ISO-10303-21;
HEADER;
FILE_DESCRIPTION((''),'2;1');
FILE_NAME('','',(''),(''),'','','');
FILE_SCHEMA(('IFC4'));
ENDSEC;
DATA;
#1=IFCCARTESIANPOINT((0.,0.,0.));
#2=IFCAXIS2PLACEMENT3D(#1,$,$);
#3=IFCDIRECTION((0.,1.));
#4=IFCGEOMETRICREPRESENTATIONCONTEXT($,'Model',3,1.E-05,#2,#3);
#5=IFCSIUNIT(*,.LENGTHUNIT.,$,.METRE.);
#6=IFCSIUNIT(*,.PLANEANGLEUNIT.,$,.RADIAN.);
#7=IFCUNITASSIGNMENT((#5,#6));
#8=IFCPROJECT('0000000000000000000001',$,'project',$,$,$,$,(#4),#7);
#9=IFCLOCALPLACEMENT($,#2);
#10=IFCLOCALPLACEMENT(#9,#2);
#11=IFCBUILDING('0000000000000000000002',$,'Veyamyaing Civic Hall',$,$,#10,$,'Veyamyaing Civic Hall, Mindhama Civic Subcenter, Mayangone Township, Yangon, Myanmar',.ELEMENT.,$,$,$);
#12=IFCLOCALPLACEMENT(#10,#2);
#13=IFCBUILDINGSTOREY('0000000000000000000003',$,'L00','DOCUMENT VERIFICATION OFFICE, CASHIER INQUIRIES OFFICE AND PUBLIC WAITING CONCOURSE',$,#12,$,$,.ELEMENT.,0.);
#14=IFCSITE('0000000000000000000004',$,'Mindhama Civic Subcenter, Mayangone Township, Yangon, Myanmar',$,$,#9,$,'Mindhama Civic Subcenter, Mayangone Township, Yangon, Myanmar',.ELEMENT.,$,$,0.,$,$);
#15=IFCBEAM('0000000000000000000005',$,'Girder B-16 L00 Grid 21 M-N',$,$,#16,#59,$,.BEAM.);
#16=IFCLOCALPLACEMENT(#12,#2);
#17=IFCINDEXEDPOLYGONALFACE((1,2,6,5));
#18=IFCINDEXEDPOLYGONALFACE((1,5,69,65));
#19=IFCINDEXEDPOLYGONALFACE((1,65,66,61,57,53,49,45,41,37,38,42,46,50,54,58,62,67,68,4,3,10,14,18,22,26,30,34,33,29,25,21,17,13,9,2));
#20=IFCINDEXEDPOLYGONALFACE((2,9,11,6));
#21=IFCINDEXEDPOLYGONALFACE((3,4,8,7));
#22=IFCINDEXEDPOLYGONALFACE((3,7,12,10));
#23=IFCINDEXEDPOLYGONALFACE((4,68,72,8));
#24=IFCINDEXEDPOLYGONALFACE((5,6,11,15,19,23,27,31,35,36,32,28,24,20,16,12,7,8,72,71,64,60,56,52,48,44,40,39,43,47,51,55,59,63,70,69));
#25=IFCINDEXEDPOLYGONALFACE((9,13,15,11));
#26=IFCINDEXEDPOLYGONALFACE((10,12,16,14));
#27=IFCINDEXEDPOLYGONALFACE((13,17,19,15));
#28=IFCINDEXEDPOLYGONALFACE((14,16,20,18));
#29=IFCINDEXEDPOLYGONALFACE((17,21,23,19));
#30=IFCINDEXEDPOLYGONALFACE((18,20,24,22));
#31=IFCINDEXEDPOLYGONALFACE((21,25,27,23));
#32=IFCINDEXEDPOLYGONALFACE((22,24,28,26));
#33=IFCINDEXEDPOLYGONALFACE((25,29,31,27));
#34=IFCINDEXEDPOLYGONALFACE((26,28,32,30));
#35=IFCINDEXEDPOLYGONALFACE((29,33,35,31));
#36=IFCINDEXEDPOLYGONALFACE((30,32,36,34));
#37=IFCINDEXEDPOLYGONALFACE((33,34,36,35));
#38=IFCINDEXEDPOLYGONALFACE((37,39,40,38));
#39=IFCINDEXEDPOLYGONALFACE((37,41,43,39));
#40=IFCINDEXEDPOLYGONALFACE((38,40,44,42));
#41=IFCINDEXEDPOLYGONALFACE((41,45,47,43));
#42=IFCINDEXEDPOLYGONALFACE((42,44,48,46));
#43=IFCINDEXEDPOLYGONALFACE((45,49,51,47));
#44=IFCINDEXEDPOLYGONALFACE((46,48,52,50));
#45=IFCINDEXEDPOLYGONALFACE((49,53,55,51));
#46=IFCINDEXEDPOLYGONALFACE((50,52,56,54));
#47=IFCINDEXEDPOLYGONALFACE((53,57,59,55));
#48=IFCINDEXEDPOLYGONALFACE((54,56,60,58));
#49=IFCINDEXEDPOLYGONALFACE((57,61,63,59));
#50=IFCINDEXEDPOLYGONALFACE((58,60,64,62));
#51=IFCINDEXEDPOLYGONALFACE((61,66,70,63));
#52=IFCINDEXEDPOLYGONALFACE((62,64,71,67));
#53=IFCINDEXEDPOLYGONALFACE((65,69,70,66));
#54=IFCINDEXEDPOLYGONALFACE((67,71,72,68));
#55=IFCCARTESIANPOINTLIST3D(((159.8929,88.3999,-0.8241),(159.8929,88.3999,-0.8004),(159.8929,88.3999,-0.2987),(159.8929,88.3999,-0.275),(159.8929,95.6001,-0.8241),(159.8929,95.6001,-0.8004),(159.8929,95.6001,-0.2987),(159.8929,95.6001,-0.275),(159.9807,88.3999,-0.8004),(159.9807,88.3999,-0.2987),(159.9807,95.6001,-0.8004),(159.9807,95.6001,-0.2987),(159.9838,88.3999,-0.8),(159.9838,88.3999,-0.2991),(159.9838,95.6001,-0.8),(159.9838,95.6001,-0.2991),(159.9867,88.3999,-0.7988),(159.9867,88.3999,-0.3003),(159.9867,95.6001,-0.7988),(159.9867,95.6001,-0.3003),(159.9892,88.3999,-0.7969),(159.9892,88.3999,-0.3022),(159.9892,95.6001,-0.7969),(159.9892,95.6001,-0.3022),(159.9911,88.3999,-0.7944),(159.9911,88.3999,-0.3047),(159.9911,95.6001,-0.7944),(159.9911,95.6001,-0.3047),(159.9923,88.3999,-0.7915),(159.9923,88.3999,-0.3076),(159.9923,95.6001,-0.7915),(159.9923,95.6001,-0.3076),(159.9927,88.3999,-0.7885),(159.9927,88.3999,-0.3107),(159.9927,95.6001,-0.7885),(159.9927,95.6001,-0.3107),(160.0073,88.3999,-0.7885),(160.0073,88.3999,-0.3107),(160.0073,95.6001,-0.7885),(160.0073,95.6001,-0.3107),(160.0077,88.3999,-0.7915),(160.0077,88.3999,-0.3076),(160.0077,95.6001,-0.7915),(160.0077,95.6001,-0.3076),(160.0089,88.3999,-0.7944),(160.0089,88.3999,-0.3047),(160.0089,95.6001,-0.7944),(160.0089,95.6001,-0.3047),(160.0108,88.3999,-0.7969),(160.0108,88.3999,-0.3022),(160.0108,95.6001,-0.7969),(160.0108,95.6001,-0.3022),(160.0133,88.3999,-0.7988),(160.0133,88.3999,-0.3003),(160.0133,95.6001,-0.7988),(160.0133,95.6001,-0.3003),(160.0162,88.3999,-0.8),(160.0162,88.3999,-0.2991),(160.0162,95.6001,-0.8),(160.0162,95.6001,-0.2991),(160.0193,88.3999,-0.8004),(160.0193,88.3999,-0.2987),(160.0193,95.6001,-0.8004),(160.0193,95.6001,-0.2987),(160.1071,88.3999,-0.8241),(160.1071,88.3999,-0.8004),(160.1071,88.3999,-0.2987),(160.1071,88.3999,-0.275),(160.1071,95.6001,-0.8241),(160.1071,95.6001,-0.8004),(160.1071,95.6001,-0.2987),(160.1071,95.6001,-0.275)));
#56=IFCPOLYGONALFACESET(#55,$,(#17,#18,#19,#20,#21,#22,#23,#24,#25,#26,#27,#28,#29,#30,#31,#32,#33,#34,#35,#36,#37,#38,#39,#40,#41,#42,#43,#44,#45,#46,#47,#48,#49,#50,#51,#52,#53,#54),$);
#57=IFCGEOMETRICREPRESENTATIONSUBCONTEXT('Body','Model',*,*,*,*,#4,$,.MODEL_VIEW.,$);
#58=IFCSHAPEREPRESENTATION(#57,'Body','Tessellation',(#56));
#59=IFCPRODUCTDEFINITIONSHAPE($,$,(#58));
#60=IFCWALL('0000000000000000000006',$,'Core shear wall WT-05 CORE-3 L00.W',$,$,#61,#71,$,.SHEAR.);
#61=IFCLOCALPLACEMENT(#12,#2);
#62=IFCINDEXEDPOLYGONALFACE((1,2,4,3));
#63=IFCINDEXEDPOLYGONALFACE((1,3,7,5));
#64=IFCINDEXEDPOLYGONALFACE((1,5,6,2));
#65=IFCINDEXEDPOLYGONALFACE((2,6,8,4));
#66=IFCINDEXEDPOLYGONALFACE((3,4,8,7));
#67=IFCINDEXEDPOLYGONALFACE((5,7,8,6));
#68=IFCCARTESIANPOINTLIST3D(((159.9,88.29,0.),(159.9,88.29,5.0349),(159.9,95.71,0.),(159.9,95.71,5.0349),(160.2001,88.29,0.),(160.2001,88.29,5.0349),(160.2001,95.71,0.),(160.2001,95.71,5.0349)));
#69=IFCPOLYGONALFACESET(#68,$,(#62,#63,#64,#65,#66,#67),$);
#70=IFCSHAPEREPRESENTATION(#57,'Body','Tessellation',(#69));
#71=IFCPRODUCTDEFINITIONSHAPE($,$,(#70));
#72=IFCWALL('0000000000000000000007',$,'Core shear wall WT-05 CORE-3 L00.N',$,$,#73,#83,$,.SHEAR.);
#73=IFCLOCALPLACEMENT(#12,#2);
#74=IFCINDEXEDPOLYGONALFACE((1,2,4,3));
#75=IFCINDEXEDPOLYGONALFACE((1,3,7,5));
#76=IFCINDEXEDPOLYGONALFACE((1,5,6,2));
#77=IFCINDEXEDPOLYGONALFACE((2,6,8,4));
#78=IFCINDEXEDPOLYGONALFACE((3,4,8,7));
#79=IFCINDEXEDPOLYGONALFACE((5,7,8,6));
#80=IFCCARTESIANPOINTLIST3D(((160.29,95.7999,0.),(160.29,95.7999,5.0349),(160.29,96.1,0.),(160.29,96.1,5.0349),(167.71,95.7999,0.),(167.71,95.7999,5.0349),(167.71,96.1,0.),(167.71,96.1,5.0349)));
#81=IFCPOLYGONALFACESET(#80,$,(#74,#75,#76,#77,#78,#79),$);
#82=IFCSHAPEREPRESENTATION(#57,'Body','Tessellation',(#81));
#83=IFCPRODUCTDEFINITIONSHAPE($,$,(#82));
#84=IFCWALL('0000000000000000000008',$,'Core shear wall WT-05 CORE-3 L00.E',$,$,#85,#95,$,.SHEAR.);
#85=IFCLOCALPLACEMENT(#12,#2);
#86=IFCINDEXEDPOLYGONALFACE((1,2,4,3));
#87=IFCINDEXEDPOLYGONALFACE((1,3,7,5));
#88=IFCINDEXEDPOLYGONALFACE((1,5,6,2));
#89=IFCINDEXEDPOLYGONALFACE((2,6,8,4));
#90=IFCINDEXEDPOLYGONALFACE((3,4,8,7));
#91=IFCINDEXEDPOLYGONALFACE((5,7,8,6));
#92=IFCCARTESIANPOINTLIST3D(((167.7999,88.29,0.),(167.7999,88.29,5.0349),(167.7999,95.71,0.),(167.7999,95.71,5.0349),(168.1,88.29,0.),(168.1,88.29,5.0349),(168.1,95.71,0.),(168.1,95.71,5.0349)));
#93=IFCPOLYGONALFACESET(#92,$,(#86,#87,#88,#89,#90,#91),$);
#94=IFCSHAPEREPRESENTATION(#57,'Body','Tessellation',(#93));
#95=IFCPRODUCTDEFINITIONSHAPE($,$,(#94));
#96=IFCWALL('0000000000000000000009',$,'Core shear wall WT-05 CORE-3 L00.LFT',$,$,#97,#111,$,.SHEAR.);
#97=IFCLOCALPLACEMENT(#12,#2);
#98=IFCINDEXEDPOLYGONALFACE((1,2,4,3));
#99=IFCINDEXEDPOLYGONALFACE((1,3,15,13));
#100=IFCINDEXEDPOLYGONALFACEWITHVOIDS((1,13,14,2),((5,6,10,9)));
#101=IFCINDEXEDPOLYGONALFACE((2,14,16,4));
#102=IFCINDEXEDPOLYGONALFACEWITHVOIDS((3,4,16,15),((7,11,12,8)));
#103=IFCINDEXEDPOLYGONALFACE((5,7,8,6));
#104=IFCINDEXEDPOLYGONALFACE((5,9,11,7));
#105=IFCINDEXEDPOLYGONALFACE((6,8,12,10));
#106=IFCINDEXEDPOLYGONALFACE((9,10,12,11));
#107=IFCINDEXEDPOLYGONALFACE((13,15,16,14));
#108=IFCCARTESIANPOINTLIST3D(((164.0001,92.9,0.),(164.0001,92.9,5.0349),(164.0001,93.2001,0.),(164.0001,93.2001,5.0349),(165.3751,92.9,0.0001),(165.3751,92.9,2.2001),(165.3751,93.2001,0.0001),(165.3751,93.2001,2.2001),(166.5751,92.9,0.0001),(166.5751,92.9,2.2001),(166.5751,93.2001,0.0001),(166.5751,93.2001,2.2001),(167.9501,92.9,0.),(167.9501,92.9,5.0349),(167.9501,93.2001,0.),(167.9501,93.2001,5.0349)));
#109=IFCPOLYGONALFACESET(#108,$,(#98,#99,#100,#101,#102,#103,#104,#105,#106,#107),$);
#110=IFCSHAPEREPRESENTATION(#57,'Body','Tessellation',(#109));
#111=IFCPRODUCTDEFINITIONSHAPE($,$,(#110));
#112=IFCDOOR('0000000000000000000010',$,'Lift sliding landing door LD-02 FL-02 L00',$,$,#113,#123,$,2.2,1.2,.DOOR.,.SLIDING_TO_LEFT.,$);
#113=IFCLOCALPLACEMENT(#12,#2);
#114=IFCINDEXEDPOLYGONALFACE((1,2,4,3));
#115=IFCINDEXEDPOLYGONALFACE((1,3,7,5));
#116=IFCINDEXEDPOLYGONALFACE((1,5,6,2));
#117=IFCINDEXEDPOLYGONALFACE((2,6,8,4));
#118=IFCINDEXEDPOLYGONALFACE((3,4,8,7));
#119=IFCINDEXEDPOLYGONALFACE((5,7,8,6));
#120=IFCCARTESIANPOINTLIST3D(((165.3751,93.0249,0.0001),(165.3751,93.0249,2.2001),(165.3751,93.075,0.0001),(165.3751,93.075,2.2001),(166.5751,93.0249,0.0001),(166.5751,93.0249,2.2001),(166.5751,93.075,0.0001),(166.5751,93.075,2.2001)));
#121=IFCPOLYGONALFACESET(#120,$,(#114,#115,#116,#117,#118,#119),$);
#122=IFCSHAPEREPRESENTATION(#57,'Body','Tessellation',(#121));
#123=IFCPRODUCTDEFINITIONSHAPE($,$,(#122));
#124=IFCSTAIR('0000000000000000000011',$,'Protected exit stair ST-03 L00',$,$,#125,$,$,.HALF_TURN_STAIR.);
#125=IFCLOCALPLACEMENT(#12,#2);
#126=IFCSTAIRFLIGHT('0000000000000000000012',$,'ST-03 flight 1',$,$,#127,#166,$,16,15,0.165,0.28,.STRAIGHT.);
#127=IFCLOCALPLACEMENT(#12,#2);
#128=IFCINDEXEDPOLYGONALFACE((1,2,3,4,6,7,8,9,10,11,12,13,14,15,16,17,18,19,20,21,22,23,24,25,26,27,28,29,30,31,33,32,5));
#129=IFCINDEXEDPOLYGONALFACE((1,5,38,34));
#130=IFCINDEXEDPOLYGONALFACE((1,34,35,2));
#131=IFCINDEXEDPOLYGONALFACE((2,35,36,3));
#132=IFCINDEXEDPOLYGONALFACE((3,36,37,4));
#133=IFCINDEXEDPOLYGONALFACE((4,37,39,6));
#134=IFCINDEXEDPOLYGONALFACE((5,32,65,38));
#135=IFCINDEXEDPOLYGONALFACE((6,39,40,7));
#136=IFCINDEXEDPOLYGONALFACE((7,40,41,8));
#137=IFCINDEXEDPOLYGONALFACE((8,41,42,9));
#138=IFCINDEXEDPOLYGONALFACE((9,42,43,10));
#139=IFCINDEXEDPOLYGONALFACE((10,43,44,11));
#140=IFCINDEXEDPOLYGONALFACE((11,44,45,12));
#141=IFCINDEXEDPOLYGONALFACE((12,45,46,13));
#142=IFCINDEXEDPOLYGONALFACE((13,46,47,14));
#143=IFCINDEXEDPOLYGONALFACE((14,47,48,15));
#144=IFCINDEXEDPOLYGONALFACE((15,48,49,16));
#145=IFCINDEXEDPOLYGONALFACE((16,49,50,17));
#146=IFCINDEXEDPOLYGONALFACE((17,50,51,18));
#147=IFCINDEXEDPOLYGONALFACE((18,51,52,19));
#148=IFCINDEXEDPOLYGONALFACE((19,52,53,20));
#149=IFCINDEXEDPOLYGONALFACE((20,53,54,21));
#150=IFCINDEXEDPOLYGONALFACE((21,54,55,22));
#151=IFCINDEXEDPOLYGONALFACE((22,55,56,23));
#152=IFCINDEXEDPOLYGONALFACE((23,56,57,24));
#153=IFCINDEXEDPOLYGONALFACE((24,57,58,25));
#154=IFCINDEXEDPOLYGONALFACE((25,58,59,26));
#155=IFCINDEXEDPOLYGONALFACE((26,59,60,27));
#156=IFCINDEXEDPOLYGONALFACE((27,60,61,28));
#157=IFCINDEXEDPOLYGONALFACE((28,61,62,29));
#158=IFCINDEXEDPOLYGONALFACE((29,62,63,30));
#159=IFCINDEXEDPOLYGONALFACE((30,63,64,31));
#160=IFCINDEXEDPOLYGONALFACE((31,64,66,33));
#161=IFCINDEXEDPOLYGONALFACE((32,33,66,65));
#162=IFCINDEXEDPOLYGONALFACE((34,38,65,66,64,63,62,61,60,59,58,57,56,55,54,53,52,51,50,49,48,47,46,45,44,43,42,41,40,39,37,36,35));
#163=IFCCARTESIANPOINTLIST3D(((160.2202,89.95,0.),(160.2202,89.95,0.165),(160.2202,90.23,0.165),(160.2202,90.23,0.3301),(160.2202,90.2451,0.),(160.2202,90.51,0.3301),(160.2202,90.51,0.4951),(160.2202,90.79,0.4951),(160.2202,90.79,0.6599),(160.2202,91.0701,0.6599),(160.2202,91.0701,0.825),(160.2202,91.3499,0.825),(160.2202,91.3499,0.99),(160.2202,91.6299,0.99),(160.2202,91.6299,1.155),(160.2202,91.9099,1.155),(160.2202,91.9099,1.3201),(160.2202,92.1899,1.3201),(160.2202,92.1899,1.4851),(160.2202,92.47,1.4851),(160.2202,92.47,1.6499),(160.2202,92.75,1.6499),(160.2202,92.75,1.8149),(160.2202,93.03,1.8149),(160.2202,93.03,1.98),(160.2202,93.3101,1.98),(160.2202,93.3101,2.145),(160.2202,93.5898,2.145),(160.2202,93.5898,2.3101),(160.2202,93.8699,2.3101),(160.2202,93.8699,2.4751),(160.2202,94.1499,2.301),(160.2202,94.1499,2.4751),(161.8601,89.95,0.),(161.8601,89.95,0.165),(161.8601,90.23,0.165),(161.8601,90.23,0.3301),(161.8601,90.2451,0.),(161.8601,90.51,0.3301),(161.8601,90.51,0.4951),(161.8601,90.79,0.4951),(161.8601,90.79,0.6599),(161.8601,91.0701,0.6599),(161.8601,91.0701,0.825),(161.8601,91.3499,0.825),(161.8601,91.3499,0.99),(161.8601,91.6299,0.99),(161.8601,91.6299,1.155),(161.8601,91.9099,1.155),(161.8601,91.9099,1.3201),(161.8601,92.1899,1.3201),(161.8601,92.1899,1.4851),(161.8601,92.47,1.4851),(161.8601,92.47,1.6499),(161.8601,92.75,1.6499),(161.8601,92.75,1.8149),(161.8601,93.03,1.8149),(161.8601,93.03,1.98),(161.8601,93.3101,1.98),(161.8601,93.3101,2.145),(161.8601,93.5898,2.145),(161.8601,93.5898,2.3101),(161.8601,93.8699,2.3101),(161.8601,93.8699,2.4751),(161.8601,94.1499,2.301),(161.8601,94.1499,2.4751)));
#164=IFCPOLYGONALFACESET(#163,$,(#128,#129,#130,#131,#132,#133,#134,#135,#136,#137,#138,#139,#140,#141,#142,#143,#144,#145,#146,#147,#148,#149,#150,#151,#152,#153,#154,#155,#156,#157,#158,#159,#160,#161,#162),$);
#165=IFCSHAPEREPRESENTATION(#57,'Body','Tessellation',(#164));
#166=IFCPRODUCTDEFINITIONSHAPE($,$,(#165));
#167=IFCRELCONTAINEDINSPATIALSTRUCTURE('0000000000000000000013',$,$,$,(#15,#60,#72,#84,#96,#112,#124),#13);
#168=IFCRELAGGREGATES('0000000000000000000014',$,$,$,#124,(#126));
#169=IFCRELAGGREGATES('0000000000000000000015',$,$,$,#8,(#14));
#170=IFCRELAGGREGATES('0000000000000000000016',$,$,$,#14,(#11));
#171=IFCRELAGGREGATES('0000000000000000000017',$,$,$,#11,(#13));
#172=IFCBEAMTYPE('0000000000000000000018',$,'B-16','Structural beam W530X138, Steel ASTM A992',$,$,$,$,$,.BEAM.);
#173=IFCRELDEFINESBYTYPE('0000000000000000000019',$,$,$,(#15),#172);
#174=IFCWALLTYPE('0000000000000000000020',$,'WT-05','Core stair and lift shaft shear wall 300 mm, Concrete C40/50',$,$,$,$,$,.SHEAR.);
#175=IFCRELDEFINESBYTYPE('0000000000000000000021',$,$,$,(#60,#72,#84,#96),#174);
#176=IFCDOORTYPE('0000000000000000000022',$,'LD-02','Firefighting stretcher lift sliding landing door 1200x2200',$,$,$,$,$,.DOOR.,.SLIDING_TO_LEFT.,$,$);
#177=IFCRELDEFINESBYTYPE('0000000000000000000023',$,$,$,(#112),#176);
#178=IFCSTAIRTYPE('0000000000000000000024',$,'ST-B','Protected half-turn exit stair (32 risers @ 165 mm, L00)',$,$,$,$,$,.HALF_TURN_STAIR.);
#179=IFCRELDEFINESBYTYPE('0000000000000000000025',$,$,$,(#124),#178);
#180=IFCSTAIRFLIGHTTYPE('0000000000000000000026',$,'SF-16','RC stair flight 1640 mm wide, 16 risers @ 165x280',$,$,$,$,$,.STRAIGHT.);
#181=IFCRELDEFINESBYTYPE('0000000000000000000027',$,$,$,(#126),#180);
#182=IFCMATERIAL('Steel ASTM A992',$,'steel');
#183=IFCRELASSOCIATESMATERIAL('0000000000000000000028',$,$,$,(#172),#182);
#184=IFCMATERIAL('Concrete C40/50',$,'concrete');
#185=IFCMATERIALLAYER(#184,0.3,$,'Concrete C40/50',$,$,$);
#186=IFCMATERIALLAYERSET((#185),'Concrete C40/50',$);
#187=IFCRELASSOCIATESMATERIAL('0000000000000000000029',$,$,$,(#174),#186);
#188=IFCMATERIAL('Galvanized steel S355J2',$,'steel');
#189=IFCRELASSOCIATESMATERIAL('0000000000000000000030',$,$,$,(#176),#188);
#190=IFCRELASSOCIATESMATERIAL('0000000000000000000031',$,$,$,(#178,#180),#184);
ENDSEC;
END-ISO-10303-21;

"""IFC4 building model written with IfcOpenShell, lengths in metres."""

from ifc_helpers import new_model, si_unit, direction, frame, frame_2d, origin, origin_2d, place, context, subcontext, project, spatial, polyline, rectangle, i_section, outline, extrude, material, layer, layer_set, material_profile, profile_set, type_object, element, fill, aggregate, save


model = new_model("IFC4")

# Units and contexts
model_context = context("Model", 3, precision=1e-05, world=origin(), true_north=direction((0.0, 1.0)))
body_context = subcontext(model_context, "Body", "Model", "MODEL_VIEW")
ifc_project = project(units=[si_unit("LENGTHUNIT", "METRE"), si_unit("PLANEANGLEUNIT", "RADIAN")], contexts=[model_context])

# Site, building, storey
site_placement = place(None, origin())
site = spatial("IfcSite", under=ifc_project, at=site_placement, Name="Mindhama Civic Subcenter, Mayangone Township, Yangon, Myanmar", LongName="Mindhama Civic Subcenter, Mayangone Township, Yangon, Myanmar", CompositionType="ELEMENT", RefElevation=0.0)
building_placement = place(site_placement, origin())
building = spatial("IfcBuilding", under=site, at=building_placement, Name="Veyamyaing Civic Hall", LongName="Veyamyaing Civic Hall, Mindhama Civic Subcenter, Mayangone Township, Yangon, Myanmar", CompositionType="ELEMENT")
storey_placement = place(building_placement, origin())
storey = spatial("IfcBuildingStorey", under=building, at=storey_placement, Name="L00", Description="DOCUMENT VERIFICATION OFFICE, CASHIER INQUIRIES OFFICE AND PUBLIC WAITING CONCOURSE", CompositionType="ELEMENT", Elevation=0.0)

# Beam
ifc_material_1 = material(Name="Steel ASTM A992", Category="steel")
ifc_material_profile_1 = material_profile(ifc_material_1, i_section(OverallWidth=0.2141, OverallDepth=0.5491, WebThickness=0.0146, FlangeThickness=0.0237, FilletRadius=0.012, at=origin_2d()), Name="W530X138")
ifc_profile_set_1 = profile_set([ifc_material_profile_1], Name="Steel ASTM A992")
beam_type_1 = type_object("IfcBeamType", Name="B-16", Description="Structural beam W530X138, Steel ASTM A992", PredefinedType="BEAM", material=ifc_profile_set_1)
beam_1_placement = place(storey_placement, frame((160.0, 88.3999, -0.5496), z_axis=(0.0, 1.0, 0.0), x_axis=(-1.0, 0.0, 0.0)))
element("IfcBeam", 1, at=beam_1_placement, inside=storey, type_object=beam_type_1, Name="Girder B-16 L00 Grid 21 M-N", PredefinedType="BEAM", context=body_context, shape_type="SweptSolid", body=[
    extrude(i_section(OverallWidth=0.2141, OverallDepth=0.5491, WebThickness=0.0146, FlangeThickness=0.0237, FilletRadius=0.012, at=origin_2d()), origin(), (0.0, 0.0, 1.0), 7.2002),
])

# Walls
ifc_material_2 = material(Name="Concrete C40/50", Category="concrete")
ifc_layer_1 = layer(ifc_material_2, 0.3, Name="Concrete C40/50")
ifc_layer_set_1 = layer_set([ifc_layer_1], Name="Concrete C40/50")
wall_type_1 = type_object("IfcWallType", Name="WT-05", Description="Core stair and lift shaft shear wall 300 mm, Concrete C40/50", PredefinedType="SHEAR", material=ifc_layer_set_1)
for number, where, z_axis, x_axis, name in (
    (2, (160.05, 88.29, 0.0), (0.0, 0.0, 1.0), (0.0, 1.0, 0.0), "Core shear wall WT-05 CORE-3 L00.W"),
    (3, (160.29, 95.95, 0.0), (0.0, 0.0, 1.0), (1.0, 0.0, 0.0), "Core shear wall WT-05 CORE-3 L00.N"),
    (4, (167.95, 88.29, 0.0), (0.0, 0.0, 1.0), (0.0, 1.0, 0.0), "Core shear wall WT-05 CORE-3 L00.E"),
):
    element("IfcWall", number, at=place(storey_placement, frame(where, z_axis=z_axis, x_axis=x_axis)), inside=storey, type_object=wall_type_1, Name=name, PredefinedType="SHEAR", context=body_context, shape_type="SweptSolid", body=[
        extrude(rectangle(XDim=7.4199, YDim=0.3, at=frame_2d((3.71, 0.0))), origin(), (0.0, 0.0, 1.0), 5.0349),
    ])

# Wall, opening, door
wall_1_placement = place(storey_placement, frame((164.0, 93.05, 0.0), z_axis=(0.0, 0.0, 1.0), x_axis=(1.0, 0.0, 0.0)))
wall_1 = element("IfcWall", 5, at=wall_1_placement, inside=storey, type_object=wall_type_1, Name="Core shear wall WT-05 CORE-3 L00.LFT", PredefinedType="SHEAR", context=body_context, shape_type="SweptSolid", body=[
    extrude(rectangle(XDim=3.95, YDim=0.3, at=frame_2d((1.9751, 0.0))), origin(), (0.0, 0.0, 1.0), 5.0349),
])
opening_1_placement = place(wall_1_placement, frame((1.375, 0.0, 0.0)))
opening_1 = element("IfcOpeningElement", 6, at=opening_1_placement, cuts=wall_1, PredefinedType="OPENING", context=body_context, shape_type="SweptSolid", body=[
    extrude(rectangle(XDim=1.2, YDim=2.2, at=frame_2d((0.6001, 1.1001))), frame((0.0, 0.1599, 0.0), z_axis=(0.0, -1.0, 0.0), x_axis=(1.0, 0.0, 0.0)), (0.0, 0.0, 1.0), 0.3201),
])
ifc_material_3 = material(Name="Galvanized steel S355J2", Category="steel")
door_type_1 = type_object("IfcDoorType", Name="LD-02", Description="Firefighting stretcher lift sliding landing door 1200x2200", OperationType="SLIDING_TO_LEFT", PredefinedType="DOOR", material=ifc_material_3)
door_1_placement = place(opening_1_placement, origin())
door_1 = element("IfcDoor", 7, at=door_1_placement, inside=storey, type_object=door_type_1, Name="Lift sliding landing door LD-02 FL-02 L00", OperationType="SLIDING_TO_LEFT", OverallHeight=2.2, OverallWidth=1.2, PredefinedType="DOOR", context=body_context, shape_type="SweptSolid", body=[
    extrude(rectangle(XDim=1.2, YDim=2.2, at=frame_2d((0.6001, 1.1001))), frame((0.0, 0.0249, 0.0), z_axis=(0.0, -1.0, 0.0), x_axis=(1.0, 0.0, 0.0)), (0.0, 0.0, 1.0), 0.05),
])
fill(opening_1, door_1)

# Stair, stair flight
stair_type = type_object("IfcStairType", Name="ST-B", Description="Protected half-turn exit stair (32 risers @ 165 mm, L00)", PredefinedType="HALF_TURN_STAIR", material=ifc_material_2)
stair_placement = place(storey_placement, origin())
stair = element("IfcStair", 8, at=stair_placement, inside=storey, type_object=stair_type, Name="Protected exit stair ST-03 L00", PredefinedType="HALF_TURN_STAIR")
stair_flight_type = type_object("IfcStairFlightType", Name="SF-16", Description="RC stair flight 1640 mm wide, 16 risers @ 165x280", PredefinedType="STRAIGHT", material=ifc_material_2)
stair_flight_1_placement = place(storey_placement, frame((161.04, 89.95, 0.0), z_axis=(0.0, 0.0, 1.0), x_axis=(0.0, 1.0, 0.0)))
stair_flight_1 = element("IfcStairFlight", 9, at=stair_flight_1_placement, type_object=stair_flight_type, Name="ST-03 flight 1", NumberOfRisers=16, NumberOfTreads=15, PredefinedType="STRAIGHT", RiserHeight=0.165, TreadLength=0.28, context=body_context, shape_type="SweptSolid", body=[
    extrude(outline(polyline([(0.0, 0.0), (0.0, 0.165), (0.28, 0.165), (0.28, 0.3301), (0.5601, 0.3301), (0.5601, 0.4951), (0.8401, 0.4951), (0.8401, 0.6599), (1.1201, 0.6599), (1.1201, 0.825), (1.3999, 0.825), (1.3999, 0.99), (1.6799, 0.99), (1.6799, 1.155), (1.96, 1.155), (1.96, 1.3201), (2.24, 1.3201), (2.24, 1.4851), (2.52, 1.4851), (2.52, 1.6499), (2.8, 1.6499), (2.8, 1.8149), (3.0801, 1.8149), (3.0801, 1.98), (3.3601, 1.98), (3.3601, 2.145), (3.6399, 2.145), (3.6399, 2.3101), (3.9199, 2.3101), (3.9199, 2.4751), (4.2, 2.4751), (4.2, 2.6399), (4.2, 2.301), (0.2952, 0.0), (0.0, 0.0)])), frame((0.0, 0.8198, 0.0), z_axis=(0.0, -1.0, 0.0), x_axis=(1.0, 0.0, 0.0)), (0.0, 0.0, 1.0), 1.6399),
])
aggregate(stair, [stair_flight_1])

save(model, "model.ifc")
